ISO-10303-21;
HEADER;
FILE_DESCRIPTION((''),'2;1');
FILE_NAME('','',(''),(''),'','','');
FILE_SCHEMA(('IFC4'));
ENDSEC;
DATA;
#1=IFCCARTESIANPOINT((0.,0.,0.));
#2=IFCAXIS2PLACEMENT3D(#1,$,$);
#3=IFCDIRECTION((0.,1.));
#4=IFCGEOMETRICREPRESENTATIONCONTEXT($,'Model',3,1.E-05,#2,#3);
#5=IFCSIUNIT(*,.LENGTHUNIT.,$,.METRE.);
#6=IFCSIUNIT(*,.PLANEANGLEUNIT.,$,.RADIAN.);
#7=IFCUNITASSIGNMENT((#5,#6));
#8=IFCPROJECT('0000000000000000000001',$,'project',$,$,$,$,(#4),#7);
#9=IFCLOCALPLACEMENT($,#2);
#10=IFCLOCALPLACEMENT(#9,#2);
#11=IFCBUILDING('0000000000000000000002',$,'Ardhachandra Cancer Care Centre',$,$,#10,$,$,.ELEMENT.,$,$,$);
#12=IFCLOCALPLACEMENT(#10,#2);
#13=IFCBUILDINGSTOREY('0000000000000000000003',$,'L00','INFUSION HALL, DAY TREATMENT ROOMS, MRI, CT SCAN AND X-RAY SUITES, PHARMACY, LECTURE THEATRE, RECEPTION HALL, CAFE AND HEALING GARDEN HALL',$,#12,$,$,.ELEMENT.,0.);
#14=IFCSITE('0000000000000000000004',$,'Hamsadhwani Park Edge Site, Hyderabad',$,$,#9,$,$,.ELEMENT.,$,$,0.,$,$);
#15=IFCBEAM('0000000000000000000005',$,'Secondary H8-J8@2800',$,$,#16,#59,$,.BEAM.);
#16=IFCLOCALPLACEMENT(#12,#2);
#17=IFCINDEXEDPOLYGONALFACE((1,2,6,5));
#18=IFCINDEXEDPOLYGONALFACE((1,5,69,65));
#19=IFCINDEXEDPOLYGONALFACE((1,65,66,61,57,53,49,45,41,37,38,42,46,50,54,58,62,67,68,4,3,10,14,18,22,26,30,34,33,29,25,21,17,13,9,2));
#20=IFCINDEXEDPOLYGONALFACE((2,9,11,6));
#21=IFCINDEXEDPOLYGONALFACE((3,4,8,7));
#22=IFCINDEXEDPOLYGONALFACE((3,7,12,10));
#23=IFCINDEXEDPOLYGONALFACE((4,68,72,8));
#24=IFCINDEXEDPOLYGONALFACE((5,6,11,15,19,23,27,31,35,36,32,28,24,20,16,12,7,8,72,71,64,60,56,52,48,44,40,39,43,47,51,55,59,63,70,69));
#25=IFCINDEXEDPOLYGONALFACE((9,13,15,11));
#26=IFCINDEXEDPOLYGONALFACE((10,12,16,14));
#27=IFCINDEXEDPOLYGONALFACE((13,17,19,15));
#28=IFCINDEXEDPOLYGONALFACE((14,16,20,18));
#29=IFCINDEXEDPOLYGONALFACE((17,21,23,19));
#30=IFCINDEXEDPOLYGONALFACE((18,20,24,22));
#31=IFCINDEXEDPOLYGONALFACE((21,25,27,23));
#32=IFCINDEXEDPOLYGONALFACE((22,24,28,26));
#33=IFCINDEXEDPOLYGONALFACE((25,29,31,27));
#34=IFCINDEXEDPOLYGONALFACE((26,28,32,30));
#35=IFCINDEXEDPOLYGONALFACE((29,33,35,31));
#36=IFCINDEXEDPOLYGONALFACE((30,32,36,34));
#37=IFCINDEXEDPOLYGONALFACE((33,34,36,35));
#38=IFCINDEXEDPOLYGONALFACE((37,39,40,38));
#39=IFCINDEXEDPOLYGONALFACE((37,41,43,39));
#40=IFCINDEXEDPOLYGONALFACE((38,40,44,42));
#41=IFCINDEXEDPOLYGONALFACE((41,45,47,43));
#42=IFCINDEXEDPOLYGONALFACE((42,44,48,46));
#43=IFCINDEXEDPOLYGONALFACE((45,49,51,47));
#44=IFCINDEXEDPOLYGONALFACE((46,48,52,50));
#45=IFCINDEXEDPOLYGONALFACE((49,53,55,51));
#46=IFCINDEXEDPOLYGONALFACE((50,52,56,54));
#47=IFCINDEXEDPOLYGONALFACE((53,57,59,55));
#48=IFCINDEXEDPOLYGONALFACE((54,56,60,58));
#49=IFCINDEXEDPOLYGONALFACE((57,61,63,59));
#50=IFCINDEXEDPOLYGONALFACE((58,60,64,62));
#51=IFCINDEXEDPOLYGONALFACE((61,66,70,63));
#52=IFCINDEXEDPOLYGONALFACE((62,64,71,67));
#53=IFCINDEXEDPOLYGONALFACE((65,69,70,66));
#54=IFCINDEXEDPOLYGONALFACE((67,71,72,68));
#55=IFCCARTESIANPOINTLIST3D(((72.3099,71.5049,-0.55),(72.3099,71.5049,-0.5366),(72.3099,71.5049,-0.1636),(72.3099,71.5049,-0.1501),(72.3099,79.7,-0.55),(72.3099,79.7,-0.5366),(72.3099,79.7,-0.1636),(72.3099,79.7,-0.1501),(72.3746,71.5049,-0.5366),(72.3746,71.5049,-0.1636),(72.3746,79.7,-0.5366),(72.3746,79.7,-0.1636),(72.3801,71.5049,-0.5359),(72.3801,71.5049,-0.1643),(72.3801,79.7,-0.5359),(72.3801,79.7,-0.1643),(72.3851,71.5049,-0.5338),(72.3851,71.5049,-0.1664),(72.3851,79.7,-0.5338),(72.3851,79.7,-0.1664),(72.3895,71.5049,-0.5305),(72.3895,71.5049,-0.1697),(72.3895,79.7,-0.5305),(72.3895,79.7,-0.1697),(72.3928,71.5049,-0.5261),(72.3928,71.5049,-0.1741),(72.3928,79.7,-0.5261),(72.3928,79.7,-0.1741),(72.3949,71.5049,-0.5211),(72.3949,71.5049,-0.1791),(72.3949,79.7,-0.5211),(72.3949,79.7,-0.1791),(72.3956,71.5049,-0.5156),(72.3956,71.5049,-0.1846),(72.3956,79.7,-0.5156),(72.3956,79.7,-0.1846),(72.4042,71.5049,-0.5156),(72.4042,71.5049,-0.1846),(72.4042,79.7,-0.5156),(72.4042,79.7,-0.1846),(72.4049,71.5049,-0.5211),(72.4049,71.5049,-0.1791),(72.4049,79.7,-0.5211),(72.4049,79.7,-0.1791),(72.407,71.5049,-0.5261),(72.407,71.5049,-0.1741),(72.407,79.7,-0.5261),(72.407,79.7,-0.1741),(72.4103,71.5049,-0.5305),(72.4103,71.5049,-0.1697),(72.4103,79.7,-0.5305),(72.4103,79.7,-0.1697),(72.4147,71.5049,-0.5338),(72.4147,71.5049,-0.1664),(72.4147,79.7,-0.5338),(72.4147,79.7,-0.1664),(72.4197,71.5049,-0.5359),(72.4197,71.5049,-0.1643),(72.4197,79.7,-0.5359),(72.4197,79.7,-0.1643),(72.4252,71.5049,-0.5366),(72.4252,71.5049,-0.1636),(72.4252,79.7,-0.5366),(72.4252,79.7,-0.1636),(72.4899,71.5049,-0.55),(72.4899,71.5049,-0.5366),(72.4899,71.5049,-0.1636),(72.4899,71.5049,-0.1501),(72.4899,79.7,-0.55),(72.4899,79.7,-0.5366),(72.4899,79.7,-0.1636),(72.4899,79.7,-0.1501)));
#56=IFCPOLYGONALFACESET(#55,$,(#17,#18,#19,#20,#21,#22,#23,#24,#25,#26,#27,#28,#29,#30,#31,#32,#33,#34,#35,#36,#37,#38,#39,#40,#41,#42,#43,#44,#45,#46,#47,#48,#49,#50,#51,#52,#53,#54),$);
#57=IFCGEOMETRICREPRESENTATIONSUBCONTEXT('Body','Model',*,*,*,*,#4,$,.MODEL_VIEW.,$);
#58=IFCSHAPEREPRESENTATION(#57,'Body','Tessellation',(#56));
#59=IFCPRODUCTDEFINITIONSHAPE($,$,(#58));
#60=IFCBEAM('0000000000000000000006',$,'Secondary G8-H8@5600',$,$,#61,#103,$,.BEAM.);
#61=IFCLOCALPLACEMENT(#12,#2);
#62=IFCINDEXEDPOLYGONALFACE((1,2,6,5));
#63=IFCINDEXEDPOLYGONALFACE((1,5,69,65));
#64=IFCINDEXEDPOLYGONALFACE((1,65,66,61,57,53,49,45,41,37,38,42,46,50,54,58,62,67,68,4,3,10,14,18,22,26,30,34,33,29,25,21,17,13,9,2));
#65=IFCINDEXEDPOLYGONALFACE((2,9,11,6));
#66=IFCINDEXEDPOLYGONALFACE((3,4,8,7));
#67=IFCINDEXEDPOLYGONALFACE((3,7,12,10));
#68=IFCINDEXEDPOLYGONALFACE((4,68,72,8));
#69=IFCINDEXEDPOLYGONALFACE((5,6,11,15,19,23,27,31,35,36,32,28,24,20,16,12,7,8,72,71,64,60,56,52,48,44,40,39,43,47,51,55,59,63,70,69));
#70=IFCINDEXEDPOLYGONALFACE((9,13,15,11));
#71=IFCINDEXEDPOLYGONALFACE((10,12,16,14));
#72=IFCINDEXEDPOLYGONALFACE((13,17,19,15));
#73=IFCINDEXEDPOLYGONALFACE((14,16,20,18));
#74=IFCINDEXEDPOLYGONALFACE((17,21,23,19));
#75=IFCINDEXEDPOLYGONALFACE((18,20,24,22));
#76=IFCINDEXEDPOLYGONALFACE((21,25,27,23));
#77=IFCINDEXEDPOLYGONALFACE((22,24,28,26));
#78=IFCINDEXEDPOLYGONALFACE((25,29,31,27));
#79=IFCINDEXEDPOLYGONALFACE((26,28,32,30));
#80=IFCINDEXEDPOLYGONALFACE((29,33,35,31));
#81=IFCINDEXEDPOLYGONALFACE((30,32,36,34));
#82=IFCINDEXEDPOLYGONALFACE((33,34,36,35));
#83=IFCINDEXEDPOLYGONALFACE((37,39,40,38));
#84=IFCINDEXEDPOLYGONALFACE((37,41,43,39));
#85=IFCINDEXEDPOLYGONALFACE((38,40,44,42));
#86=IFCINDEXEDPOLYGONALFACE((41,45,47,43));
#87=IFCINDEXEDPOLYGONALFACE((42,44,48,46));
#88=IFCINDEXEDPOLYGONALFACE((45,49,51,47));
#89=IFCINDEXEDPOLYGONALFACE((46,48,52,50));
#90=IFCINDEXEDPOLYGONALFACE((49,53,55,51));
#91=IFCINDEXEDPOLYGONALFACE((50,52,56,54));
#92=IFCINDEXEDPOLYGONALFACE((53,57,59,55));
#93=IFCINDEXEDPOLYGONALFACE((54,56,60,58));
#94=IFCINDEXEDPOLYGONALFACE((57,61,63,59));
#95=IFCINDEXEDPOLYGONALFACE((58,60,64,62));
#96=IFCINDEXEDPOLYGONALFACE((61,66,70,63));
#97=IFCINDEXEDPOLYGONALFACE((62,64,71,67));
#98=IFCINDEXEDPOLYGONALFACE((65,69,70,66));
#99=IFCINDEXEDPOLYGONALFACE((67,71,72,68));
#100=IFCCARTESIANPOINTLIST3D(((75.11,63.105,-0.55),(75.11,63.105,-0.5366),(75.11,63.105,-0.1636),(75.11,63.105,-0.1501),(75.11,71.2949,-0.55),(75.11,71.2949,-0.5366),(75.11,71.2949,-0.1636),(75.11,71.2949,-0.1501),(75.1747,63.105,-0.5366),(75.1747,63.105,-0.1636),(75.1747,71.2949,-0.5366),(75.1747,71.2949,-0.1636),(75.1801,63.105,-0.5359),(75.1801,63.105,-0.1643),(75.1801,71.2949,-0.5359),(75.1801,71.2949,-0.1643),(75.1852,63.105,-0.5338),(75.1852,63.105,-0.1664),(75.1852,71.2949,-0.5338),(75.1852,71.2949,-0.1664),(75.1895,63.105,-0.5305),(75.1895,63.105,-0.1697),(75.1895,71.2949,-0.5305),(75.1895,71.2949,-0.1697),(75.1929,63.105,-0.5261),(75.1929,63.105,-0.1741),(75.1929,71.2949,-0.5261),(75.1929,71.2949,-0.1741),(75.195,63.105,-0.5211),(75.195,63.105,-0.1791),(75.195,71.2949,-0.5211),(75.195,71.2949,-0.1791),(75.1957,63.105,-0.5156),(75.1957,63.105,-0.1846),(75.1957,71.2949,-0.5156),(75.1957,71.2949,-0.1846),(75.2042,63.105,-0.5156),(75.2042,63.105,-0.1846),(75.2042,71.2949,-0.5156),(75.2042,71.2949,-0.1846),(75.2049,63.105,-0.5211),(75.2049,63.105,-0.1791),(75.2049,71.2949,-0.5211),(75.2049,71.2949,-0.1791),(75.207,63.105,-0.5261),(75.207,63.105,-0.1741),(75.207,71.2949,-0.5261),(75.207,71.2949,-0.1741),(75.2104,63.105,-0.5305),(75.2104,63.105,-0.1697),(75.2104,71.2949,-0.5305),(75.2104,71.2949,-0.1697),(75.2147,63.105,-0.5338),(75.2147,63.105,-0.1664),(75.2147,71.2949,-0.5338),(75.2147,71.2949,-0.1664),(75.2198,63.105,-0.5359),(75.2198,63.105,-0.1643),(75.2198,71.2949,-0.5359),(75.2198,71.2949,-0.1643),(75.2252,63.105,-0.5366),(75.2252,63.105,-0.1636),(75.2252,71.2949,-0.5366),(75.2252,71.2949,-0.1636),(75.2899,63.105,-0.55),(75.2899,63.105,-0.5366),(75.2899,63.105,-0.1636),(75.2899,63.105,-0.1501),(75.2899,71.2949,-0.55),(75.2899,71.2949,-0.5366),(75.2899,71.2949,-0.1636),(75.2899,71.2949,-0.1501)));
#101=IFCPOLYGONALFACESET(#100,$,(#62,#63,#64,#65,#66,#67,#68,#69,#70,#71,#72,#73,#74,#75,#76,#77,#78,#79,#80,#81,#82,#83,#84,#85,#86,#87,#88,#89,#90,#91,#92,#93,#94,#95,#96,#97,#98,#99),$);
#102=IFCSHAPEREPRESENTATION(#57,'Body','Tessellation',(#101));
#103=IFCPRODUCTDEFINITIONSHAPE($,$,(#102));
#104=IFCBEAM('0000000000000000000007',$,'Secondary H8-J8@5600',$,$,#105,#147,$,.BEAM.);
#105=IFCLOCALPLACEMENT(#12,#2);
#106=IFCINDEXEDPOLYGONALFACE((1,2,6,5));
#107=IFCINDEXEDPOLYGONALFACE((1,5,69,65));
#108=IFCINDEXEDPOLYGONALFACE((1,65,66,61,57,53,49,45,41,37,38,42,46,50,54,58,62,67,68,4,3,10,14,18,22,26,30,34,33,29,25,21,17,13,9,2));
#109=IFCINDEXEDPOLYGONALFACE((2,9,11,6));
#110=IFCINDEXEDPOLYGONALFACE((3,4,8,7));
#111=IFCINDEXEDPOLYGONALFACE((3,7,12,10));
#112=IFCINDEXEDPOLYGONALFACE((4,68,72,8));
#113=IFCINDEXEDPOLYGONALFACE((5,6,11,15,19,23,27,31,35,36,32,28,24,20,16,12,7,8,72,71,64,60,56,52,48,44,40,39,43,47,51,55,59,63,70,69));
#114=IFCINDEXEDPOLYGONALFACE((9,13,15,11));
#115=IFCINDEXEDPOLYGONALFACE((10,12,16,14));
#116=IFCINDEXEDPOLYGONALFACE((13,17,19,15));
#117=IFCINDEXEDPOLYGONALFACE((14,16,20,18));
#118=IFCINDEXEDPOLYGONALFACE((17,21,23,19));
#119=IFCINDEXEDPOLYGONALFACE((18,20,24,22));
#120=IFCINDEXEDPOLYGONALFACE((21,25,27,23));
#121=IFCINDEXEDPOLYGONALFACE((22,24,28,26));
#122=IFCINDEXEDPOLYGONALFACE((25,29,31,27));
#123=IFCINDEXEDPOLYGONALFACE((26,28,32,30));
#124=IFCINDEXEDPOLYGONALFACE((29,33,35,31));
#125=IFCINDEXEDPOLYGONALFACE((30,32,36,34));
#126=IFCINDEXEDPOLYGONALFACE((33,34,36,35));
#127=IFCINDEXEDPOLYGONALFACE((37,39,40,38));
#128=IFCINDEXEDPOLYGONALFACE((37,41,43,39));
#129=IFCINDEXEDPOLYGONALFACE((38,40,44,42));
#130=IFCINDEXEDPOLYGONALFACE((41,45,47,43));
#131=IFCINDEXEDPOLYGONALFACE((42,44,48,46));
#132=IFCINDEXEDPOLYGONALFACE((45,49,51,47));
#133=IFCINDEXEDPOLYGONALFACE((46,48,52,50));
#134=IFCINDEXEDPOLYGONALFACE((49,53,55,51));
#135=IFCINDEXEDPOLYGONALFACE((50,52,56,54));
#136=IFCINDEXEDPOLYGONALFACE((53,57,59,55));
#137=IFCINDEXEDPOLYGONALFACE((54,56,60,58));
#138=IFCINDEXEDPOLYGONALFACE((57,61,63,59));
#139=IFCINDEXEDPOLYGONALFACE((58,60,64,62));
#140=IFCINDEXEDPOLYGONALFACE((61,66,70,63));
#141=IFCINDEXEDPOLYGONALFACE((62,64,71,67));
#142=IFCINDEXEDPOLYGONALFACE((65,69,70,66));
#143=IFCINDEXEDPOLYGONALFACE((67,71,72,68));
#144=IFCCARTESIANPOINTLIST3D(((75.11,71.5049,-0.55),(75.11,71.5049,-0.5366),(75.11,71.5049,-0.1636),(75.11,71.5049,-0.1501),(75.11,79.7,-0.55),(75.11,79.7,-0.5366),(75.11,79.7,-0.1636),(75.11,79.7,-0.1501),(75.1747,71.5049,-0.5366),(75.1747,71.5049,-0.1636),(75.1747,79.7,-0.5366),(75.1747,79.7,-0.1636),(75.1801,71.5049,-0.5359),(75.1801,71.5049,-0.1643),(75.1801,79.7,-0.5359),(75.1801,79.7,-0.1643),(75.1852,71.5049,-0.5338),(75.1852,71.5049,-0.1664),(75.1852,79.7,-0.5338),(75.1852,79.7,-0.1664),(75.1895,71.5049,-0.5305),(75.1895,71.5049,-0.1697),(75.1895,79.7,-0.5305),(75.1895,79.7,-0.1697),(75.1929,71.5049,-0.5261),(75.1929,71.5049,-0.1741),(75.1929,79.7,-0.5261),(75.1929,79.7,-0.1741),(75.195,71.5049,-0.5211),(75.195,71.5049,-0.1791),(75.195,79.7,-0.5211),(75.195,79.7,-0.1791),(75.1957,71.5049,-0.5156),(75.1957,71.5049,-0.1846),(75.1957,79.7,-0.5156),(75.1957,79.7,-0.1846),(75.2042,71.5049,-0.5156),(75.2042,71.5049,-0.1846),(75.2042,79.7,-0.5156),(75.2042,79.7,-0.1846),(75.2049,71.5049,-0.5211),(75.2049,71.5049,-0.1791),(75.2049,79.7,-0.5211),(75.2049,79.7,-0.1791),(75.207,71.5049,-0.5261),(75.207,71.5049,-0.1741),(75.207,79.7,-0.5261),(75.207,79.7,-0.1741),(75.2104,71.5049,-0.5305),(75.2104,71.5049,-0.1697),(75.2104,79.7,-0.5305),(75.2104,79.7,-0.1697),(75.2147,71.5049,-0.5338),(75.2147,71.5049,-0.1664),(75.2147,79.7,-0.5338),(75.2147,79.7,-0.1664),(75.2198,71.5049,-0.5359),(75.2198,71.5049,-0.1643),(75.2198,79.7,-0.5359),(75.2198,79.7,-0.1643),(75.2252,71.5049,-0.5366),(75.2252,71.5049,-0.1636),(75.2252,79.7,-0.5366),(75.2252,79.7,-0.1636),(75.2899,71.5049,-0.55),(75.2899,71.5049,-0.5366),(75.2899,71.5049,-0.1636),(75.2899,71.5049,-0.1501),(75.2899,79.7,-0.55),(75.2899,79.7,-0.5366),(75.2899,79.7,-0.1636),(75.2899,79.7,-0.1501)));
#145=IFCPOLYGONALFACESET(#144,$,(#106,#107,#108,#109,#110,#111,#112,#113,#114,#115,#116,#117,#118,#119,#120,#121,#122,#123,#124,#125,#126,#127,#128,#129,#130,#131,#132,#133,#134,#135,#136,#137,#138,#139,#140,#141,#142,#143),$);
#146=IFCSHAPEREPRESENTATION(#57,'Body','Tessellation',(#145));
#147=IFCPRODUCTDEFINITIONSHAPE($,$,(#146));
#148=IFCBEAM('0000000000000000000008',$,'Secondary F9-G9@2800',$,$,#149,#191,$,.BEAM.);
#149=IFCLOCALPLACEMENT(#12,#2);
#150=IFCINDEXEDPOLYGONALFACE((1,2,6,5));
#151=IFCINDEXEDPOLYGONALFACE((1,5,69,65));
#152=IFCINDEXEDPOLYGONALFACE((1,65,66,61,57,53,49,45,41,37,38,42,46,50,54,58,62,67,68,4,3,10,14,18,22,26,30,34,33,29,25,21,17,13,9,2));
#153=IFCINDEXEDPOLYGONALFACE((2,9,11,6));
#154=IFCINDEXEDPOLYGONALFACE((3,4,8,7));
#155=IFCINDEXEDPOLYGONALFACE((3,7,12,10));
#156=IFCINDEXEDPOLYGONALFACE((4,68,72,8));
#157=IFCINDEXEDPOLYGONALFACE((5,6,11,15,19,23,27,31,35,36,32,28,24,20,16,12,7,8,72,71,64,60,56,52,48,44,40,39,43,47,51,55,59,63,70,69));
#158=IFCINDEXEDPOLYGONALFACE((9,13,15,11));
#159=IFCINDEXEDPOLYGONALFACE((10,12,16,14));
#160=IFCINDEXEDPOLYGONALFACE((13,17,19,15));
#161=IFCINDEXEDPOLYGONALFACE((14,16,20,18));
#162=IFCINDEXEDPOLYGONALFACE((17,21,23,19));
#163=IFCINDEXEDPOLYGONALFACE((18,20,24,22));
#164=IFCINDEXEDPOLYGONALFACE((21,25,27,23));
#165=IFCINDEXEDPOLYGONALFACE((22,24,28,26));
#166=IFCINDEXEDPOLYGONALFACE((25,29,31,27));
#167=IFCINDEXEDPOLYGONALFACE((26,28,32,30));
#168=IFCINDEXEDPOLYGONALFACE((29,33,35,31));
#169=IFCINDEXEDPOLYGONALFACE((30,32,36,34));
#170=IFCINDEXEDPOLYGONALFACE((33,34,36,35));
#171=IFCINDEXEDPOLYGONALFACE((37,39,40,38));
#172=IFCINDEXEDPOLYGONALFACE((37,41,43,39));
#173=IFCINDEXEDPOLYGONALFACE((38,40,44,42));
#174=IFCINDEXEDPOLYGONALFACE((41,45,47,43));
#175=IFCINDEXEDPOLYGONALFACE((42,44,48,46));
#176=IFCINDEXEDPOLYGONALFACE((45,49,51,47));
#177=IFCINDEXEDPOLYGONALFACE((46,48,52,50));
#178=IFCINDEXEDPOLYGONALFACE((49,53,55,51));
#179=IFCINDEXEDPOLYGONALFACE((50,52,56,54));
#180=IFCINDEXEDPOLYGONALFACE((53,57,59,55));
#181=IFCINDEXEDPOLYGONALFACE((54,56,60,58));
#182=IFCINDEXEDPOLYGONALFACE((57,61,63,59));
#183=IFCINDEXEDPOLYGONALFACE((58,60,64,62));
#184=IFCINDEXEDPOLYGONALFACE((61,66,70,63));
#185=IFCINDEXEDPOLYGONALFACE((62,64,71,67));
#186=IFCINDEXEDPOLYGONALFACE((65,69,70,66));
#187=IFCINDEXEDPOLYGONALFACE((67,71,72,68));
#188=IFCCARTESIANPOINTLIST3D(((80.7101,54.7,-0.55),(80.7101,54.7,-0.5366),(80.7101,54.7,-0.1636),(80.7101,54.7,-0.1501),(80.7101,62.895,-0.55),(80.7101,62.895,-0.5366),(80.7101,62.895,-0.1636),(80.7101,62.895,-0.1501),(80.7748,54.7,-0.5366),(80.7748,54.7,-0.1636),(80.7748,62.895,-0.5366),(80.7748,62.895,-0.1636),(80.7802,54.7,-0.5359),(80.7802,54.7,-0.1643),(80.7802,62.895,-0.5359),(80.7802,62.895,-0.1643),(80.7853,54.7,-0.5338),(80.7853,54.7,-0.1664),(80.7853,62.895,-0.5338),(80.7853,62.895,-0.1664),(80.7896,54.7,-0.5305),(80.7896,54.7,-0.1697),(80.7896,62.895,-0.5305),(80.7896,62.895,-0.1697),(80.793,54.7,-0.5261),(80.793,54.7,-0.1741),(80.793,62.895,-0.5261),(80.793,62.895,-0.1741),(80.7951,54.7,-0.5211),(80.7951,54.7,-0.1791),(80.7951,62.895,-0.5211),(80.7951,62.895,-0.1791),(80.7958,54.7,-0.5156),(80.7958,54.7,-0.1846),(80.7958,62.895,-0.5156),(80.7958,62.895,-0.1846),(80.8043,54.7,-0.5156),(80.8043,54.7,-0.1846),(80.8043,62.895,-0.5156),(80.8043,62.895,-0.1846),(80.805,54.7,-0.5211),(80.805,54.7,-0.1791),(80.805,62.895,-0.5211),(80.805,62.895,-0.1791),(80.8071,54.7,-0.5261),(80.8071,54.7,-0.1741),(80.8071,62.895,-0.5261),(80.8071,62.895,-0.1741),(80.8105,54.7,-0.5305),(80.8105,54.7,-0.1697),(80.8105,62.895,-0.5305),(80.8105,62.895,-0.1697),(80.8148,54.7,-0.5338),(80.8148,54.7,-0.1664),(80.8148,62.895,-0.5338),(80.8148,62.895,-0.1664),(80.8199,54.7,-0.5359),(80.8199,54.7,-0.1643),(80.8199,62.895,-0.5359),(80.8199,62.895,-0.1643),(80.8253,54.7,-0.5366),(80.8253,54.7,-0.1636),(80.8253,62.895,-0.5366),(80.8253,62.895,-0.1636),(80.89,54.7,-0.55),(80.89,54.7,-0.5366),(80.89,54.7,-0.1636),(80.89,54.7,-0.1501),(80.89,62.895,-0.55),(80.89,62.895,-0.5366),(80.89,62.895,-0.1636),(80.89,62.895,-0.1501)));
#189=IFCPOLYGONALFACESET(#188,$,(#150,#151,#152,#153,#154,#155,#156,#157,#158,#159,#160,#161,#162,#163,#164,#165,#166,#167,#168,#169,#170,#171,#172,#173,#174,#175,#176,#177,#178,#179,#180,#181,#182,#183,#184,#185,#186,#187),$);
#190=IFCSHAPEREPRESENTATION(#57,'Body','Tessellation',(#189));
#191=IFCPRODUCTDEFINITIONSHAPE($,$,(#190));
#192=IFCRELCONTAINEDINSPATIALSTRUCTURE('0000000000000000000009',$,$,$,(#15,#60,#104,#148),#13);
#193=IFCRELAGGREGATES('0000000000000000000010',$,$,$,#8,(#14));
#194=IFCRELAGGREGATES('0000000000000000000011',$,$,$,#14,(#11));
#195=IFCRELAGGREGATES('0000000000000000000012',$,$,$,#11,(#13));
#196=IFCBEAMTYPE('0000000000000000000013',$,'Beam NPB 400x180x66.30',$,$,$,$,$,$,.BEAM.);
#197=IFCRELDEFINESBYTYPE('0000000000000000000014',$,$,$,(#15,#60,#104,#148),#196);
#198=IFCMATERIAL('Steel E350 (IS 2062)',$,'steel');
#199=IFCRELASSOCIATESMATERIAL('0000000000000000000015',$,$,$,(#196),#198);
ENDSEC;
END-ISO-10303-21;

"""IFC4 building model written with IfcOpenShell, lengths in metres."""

from ifc_helpers import new_model, si_unit, direction, frame, origin, origin_2d, place, context, subcontext, project, spatial, i_section, extrude, material, material_profile, profile_set, type_object, element, save


model = new_model("IFC4")

# Units and contexts
model_context = context("Model", 3, precision=1e-05, world=origin(), true_north=direction((0.0, 1.0)))
body_context = subcontext(model_context, "Body", "Model", "MODEL_VIEW")
ifc_project = project(units=[si_unit("LENGTHUNIT", "METRE"), si_unit("PLANEANGLEUNIT", "RADIAN")], contexts=[model_context])

# Site, building, storey
site_placement = place(None, origin())
site = spatial("IfcSite", under=ifc_project, at=site_placement, Name="Hamsadhwani Park Edge Site, Hyderabad", CompositionType="ELEMENT", RefElevation=0.0)
building_placement = place(site_placement, origin())
building = spatial("IfcBuilding", under=site, at=building_placement, Name="Ardhachandra Cancer Care Centre", CompositionType="ELEMENT")
storey_placement = place(building_placement, origin())
storey = spatial("IfcBuildingStorey", under=building, at=storey_placement, Name="L00", Description="INFUSION HALL, DAY TREATMENT ROOMS, MRI, CT SCAN AND X-RAY SUITES, PHARMACY, LECTURE THEATRE, RECEPTION HALL, CAFE AND HEALING GARDEN HALL", CompositionType="ELEMENT", Elevation=0.0)

# Beams
ifc_material_1 = material(Name="Steel E350 (IS 2062)", Category="steel")
ifc_material_profile_1 = material_profile(ifc_material_1, i_section(OverallWidth=0.1799, OverallDepth=0.3999, WebThickness=0.0085, FlangeThickness=0.0134, FilletRadius=0.021, at=origin_2d()), Name="NPB 400x180x66.30")
ifc_profile_set_1 = profile_set([ifc_material_profile_1], Name="Steel E350 (IS 2062)")
beam_type_1 = type_object("IfcBeamType", Name="Beam NPB 400x180x66.30", PredefinedType="BEAM", material=ifc_profile_set_1)
beam_1_placement = place(storey_placement, frame((72.3999, 71.5049, -0.3501), z_axis=(0.0, 1.0, 0.0), x_axis=(-1.0, 0.0, 0.0)))
element("IfcBeam", 1, at=beam_1_placement, inside=storey, type_object=beam_type_1, Name="Secondary H8-J8@2800", PredefinedType="BEAM", context=body_context, shape_type="SweptSolid", body=[
    extrude(i_section(OverallWidth=0.1799, OverallDepth=0.3999, WebThickness=0.0085, FlangeThickness=0.0134, FilletRadius=0.021, at=origin_2d()), origin(), (0.0, 0.0, 1.0), 8.1951),
])
beam_2_placement = place(storey_placement, frame((75.2, 63.105, -0.3501), z_axis=(0.0, 1.0, 0.0), x_axis=(-1.0, 0.0, 0.0)))
element("IfcBeam", 2, at=beam_2_placement, inside=storey, type_object=beam_type_1, Name="Secondary G8-H8@5600", PredefinedType="BEAM", context=body_context, shape_type="SweptSolid", body=[
    extrude(i_section(OverallWidth=0.1799, OverallDepth=0.3999, WebThickness=0.0085, FlangeThickness=0.0134, FilletRadius=0.021, at=origin_2d()), origin(), (0.0, 0.0, 1.0), 8.1899),
])
for number, where, z_axis, x_axis, name in (
    (3, (75.2, 71.5049, -0.3501), (0.0, 1.0, 0.0), (-1.0, 0.0, 0.0), "Secondary H8-J8@5600"),
    (4, (80.8, 54.7, -0.3501), (0.0, 1.0, 0.0), (-1.0, 0.0, 0.0), "Secondary F9-G9@2800"),
):
    element("IfcBeam", number, at=place(storey_placement, frame(where, z_axis=z_axis, x_axis=x_axis)), inside=storey, type_object=beam_type_1, Name=name, PredefinedType="BEAM", context=body_context, shape_type="SweptSolid", body=[
        extrude(i_section(OverallWidth=0.1799, OverallDepth=0.3999, WebThickness=0.0085, FlangeThickness=0.0134, FilletRadius=0.021, at=origin_2d()), origin(), (0.0, 0.0, 1.0), 8.1951),
    ])

save(model, "model.ifc")
